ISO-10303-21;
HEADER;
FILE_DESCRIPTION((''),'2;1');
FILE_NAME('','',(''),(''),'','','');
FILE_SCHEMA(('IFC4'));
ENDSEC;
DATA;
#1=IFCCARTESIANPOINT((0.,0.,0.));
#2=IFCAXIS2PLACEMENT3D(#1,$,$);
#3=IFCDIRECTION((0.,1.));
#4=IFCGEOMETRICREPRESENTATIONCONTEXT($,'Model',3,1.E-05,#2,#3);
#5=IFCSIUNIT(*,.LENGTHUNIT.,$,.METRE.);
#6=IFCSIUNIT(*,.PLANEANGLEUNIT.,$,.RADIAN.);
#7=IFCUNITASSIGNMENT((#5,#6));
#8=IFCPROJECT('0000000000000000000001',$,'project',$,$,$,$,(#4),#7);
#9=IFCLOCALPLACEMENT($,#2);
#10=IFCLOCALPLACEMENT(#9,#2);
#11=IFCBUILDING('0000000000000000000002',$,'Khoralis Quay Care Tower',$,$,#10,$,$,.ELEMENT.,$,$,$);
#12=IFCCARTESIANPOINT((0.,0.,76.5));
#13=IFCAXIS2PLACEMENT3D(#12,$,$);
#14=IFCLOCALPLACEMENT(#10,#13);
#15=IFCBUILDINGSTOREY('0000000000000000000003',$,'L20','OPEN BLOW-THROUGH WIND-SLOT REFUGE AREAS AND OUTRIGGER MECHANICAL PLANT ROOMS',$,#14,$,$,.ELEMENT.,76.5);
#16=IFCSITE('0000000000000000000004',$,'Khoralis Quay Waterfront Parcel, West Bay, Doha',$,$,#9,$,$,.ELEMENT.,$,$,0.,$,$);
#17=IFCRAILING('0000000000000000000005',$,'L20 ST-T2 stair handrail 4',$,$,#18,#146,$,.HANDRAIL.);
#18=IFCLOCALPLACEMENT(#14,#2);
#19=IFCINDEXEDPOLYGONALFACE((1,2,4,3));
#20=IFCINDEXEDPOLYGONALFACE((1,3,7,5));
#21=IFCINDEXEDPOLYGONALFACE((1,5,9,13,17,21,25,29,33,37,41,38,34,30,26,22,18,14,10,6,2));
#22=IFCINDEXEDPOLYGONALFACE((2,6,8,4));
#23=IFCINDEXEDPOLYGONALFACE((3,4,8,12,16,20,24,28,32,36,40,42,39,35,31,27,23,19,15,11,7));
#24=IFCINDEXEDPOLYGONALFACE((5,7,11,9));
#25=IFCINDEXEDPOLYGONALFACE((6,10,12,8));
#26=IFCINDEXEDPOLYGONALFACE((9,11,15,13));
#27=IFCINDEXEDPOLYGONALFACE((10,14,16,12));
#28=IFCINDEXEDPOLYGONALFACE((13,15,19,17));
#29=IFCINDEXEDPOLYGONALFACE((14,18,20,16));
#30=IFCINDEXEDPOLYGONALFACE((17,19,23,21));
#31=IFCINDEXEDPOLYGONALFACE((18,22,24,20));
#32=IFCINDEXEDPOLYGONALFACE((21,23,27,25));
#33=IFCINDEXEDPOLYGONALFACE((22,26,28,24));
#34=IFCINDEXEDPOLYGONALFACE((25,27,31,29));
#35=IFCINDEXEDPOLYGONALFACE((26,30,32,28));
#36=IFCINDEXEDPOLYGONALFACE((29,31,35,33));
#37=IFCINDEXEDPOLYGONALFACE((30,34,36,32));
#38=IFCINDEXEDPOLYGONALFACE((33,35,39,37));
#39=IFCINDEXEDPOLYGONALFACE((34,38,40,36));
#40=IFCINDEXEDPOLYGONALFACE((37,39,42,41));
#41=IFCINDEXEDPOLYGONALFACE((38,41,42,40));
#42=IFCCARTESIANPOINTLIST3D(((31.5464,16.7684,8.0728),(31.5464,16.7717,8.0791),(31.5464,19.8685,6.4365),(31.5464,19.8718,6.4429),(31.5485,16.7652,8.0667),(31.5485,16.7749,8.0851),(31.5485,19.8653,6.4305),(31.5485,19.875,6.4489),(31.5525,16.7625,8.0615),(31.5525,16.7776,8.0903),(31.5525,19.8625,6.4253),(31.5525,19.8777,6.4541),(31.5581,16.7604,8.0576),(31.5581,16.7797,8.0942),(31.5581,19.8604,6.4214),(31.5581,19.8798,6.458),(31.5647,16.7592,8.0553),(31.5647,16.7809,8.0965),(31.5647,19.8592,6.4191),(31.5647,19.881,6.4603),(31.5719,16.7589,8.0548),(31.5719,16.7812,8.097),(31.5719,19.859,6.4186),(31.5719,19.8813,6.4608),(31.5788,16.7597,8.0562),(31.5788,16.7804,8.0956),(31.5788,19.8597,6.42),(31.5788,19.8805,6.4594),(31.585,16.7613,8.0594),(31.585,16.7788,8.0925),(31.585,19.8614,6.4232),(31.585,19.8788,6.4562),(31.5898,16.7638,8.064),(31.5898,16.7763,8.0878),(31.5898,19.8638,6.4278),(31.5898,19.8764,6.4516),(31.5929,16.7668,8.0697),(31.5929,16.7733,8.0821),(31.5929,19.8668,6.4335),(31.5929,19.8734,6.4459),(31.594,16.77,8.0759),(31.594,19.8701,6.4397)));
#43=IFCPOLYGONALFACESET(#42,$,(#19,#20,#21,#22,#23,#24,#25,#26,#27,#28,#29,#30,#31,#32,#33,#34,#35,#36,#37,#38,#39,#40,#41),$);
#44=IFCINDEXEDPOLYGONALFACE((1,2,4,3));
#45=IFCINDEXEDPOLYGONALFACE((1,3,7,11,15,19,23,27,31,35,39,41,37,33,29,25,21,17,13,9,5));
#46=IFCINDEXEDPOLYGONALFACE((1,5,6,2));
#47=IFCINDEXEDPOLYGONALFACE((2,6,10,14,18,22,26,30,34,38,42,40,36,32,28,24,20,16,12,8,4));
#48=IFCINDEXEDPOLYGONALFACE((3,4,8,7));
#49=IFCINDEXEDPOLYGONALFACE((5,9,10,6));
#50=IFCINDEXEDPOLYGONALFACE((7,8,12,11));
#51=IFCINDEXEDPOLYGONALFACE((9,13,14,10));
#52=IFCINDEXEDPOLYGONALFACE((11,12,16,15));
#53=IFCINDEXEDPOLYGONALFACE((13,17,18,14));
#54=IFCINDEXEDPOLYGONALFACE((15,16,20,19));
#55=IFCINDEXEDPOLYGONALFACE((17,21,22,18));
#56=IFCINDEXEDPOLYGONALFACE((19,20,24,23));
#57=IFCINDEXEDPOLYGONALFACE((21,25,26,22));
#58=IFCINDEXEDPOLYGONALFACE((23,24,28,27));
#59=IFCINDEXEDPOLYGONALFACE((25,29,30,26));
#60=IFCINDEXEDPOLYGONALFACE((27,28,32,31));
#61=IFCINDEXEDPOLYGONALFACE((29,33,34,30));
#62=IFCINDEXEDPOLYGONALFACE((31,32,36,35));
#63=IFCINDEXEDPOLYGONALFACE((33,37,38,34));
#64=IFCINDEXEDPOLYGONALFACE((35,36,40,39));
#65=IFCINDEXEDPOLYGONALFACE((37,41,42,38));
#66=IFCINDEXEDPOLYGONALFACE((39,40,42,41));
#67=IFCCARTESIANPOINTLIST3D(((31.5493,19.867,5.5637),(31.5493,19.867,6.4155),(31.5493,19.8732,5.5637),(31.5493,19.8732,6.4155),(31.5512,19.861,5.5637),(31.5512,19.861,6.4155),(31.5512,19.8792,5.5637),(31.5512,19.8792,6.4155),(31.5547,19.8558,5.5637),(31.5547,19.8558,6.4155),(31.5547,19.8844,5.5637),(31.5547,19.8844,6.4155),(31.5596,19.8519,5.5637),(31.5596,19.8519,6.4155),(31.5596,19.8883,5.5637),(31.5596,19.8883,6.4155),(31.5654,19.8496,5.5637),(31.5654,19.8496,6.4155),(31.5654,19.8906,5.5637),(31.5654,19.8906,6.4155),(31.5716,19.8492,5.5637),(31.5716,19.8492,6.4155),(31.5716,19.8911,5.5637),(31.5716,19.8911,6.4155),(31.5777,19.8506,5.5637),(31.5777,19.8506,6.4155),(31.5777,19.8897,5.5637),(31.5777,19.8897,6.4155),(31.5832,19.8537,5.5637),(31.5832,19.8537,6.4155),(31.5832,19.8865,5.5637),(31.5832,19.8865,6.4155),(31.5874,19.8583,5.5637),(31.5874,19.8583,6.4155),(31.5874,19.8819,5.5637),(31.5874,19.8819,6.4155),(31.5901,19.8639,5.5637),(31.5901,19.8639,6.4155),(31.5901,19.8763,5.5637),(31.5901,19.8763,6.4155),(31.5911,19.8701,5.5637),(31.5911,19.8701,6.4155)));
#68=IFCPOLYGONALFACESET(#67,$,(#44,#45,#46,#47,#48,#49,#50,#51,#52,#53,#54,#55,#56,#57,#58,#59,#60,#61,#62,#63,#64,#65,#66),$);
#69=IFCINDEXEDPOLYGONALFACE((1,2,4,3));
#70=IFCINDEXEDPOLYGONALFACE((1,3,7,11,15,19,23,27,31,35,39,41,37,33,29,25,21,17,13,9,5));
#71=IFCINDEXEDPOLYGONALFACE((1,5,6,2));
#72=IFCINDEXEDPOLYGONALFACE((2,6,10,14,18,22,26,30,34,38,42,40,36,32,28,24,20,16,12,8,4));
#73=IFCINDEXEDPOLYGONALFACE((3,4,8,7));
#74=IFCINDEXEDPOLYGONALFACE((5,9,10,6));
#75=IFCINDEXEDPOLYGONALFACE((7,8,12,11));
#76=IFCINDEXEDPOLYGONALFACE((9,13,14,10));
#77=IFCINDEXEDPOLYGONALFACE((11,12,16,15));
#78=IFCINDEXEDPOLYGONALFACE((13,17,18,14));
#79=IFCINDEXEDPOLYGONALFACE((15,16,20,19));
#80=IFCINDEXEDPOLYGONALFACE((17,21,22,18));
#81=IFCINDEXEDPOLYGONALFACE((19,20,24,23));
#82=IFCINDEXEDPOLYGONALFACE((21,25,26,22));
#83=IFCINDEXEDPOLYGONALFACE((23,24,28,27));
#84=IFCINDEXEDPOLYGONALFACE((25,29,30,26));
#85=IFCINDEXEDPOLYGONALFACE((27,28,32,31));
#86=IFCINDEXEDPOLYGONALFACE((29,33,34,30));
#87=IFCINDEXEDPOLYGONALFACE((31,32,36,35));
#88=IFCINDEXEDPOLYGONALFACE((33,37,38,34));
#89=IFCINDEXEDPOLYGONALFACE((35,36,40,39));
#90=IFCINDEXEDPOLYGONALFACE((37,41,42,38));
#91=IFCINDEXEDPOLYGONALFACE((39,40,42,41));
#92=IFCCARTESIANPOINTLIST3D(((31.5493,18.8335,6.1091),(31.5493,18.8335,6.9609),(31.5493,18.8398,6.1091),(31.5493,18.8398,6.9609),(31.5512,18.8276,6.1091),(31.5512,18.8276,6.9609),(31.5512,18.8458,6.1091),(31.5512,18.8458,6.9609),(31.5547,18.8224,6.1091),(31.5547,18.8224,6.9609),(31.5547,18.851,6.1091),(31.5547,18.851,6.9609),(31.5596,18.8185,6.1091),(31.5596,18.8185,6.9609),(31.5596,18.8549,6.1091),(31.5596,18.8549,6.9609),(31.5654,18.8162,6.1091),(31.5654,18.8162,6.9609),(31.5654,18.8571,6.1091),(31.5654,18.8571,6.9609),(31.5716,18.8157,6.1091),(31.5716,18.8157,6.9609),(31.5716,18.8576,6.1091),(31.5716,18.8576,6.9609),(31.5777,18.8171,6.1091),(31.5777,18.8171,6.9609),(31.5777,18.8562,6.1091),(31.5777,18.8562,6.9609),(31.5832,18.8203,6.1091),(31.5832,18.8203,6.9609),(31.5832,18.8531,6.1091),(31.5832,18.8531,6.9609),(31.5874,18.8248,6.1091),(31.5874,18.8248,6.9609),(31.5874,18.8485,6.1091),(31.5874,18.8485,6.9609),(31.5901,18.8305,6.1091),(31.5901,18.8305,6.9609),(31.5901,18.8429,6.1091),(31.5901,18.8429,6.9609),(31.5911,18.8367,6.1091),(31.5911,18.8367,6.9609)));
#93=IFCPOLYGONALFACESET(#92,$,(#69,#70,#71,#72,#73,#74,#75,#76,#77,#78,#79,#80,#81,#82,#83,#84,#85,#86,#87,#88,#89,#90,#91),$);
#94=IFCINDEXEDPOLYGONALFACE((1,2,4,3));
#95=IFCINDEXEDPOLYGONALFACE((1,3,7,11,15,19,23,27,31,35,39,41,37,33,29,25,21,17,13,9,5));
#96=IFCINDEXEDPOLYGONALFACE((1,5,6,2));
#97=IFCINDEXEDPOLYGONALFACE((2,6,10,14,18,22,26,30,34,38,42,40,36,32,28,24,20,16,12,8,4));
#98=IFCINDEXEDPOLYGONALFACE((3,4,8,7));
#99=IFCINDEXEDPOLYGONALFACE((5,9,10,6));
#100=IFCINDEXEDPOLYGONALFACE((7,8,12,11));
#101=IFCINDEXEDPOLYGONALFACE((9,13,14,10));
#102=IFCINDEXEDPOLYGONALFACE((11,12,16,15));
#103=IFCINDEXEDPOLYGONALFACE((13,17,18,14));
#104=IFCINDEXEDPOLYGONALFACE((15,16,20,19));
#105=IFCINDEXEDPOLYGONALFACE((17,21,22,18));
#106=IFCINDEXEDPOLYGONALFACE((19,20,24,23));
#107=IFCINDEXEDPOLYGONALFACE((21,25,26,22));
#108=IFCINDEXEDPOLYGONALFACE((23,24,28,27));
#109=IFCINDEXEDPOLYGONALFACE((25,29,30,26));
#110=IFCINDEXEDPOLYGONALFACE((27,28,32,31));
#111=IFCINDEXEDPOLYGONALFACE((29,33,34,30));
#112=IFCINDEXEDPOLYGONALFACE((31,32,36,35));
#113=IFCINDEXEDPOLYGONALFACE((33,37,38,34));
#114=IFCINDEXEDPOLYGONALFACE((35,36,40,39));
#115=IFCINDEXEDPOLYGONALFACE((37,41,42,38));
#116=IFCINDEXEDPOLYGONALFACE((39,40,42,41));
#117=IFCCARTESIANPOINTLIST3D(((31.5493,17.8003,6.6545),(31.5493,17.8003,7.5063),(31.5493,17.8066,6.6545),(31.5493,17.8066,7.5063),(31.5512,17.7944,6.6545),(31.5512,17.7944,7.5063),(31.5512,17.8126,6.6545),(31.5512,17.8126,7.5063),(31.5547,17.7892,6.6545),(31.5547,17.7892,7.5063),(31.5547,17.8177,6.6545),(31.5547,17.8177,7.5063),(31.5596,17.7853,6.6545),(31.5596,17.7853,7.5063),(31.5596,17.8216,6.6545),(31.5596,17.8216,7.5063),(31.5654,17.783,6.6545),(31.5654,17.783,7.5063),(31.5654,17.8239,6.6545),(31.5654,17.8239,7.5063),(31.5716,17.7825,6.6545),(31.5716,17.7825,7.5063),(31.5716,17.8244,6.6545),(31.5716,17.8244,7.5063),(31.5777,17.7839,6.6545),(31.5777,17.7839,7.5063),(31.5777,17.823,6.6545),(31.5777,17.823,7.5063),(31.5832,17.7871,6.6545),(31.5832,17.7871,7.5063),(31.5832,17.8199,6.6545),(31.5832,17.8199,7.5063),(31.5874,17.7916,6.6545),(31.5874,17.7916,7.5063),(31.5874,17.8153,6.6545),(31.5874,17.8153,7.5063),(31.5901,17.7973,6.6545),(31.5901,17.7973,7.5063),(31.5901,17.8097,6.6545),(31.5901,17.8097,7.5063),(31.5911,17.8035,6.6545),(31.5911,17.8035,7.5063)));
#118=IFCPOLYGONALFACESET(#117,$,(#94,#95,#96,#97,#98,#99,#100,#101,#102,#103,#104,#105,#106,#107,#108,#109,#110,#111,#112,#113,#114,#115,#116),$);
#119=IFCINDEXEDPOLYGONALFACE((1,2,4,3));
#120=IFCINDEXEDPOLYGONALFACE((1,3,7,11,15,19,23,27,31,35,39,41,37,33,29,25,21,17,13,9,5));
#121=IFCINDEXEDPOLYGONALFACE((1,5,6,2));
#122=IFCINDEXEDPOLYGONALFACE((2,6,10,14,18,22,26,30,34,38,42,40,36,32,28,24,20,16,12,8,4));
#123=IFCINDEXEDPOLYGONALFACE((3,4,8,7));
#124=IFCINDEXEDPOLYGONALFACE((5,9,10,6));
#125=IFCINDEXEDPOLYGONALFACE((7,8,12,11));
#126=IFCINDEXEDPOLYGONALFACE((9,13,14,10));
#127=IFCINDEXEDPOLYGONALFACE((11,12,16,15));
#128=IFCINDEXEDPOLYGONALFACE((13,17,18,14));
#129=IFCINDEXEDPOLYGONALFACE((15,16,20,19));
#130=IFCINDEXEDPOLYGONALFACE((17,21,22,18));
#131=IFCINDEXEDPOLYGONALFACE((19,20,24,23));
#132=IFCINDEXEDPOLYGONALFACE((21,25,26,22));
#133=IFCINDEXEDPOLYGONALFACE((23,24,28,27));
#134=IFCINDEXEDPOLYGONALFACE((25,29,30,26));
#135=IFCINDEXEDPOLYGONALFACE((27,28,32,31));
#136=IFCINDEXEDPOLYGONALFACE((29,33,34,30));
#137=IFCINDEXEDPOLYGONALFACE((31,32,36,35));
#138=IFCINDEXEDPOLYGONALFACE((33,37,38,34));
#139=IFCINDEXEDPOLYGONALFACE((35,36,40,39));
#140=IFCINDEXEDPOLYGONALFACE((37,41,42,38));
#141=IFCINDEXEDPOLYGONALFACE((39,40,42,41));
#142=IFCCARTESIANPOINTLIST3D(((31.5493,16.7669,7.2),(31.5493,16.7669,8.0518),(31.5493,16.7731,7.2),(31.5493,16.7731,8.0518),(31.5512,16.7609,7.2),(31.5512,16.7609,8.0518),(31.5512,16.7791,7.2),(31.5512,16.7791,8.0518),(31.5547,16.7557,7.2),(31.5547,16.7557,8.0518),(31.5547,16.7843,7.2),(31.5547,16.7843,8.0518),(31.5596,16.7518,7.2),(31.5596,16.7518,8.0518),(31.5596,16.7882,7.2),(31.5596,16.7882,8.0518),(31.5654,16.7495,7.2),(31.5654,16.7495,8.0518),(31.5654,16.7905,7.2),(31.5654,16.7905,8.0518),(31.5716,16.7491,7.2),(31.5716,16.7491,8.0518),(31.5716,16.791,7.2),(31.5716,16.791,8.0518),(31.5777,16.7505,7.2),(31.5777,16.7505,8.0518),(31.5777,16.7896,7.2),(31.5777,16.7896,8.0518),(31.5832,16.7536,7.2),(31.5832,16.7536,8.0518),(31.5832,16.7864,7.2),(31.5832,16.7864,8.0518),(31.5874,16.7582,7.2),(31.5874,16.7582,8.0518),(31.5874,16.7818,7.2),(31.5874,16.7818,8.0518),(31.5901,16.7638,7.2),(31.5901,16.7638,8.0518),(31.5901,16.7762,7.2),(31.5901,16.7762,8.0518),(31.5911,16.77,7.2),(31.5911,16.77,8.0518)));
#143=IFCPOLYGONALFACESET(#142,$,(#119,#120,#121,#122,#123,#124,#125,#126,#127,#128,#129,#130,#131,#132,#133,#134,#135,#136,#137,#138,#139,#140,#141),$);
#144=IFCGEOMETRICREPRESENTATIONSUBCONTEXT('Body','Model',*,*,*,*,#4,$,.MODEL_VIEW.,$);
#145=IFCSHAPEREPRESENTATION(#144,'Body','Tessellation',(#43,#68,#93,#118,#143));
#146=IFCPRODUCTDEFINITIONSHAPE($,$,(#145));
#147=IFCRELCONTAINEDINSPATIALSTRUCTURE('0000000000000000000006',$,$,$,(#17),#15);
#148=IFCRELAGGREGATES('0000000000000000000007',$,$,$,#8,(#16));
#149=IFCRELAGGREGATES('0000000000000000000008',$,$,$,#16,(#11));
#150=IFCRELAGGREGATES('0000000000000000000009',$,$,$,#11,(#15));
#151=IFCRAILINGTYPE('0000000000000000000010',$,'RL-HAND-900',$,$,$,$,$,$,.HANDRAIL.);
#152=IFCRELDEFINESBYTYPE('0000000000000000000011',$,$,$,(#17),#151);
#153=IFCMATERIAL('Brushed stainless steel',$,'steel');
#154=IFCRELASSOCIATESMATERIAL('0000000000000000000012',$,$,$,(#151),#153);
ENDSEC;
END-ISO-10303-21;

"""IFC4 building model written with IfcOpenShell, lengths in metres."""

from ifc_helpers import new_model, si_unit, direction, frame, origin, origin_2d, place, context, subcontext, project, spatial, circle, extrude, material, type_object, element, save


model = new_model("IFC4")

# Units and contexts
model_context = context("Model", 3, precision=1e-05, world=origin(), true_north=direction((0.0, 1.0)))
body_context = subcontext(model_context, "Body", "Model", "MODEL_VIEW")
ifc_project = project(units=[si_unit("LENGTHUNIT", "METRE"), si_unit("PLANEANGLEUNIT", "RADIAN")], contexts=[model_context])

# Site, building, storey
site_placement = place(None, origin())
site = spatial("IfcSite", under=ifc_project, at=site_placement, Name="Khoralis Quay Waterfront Parcel, West Bay, Doha", CompositionType="ELEMENT", RefElevation=0.0)
building_placement = place(site_placement, origin())
building = spatial("IfcBuilding", under=site, at=building_placement, Name="Khoralis Quay Care Tower", CompositionType="ELEMENT")
storey_placement = place(building_placement, frame((0.0, 0.0, 76.5)))
storey = spatial("IfcBuildingStorey", under=building, at=storey_placement, Name="L20", Description="OPEN BLOW-THROUGH WIND-SLOT REFUGE AREAS AND OUTRIGGER MECHANICAL PLANT ROOMS", CompositionType="ELEMENT", Elevation=76.5)

# Shared definitions
ifc_material_1 = material(Name="Brushed stainless steel", Category="steel")

# Railing
railing_type = type_object("IfcRailingType", Name="RL-HAND-900", PredefinedType="HANDRAIL", material=ifc_material_1)
railing_1_placement = place(storey_placement, frame((31.5701, 19.8701, 5.5637)))
element("IfcRailing", 1, at=railing_1_placement, inside=storey, type_object=railing_type, Name="L20 ST-T2 stair handrail 4", PredefinedType="HANDRAIL", context=body_context, shape_type="SweptSolid", body=[
    extrude(circle(Radius=0.0239, at=origin_2d()), frame((0.0, 0.0, 0.876), z_axis=(0.0, -0.884377, 0.466774), x_axis=(1.0, 0.0, 0.0)), (0.0, 0.0, 1.0), 3.5054),
    extrude(circle(Radius=0.021, at=origin_2d()), origin(), (0.0, 0.0, 1.0), 0.8518),
    extrude(circle(Radius=0.021, at=origin_2d()), frame((0.0, -1.0334, 0.5454)), (0.0, 0.0, 1.0), 0.8518),
    extrude(circle(Radius=0.021, at=origin_2d()), frame((0.0, -2.0667, 1.0908)), (0.0, 0.0, 1.0), 0.8518),
    extrude(circle(Radius=0.021, at=origin_2d()), frame((0.0, -3.1001, 1.6362)), (0.0, 0.0, 1.0), 0.8518),
])

save(model, "model.ifc")
